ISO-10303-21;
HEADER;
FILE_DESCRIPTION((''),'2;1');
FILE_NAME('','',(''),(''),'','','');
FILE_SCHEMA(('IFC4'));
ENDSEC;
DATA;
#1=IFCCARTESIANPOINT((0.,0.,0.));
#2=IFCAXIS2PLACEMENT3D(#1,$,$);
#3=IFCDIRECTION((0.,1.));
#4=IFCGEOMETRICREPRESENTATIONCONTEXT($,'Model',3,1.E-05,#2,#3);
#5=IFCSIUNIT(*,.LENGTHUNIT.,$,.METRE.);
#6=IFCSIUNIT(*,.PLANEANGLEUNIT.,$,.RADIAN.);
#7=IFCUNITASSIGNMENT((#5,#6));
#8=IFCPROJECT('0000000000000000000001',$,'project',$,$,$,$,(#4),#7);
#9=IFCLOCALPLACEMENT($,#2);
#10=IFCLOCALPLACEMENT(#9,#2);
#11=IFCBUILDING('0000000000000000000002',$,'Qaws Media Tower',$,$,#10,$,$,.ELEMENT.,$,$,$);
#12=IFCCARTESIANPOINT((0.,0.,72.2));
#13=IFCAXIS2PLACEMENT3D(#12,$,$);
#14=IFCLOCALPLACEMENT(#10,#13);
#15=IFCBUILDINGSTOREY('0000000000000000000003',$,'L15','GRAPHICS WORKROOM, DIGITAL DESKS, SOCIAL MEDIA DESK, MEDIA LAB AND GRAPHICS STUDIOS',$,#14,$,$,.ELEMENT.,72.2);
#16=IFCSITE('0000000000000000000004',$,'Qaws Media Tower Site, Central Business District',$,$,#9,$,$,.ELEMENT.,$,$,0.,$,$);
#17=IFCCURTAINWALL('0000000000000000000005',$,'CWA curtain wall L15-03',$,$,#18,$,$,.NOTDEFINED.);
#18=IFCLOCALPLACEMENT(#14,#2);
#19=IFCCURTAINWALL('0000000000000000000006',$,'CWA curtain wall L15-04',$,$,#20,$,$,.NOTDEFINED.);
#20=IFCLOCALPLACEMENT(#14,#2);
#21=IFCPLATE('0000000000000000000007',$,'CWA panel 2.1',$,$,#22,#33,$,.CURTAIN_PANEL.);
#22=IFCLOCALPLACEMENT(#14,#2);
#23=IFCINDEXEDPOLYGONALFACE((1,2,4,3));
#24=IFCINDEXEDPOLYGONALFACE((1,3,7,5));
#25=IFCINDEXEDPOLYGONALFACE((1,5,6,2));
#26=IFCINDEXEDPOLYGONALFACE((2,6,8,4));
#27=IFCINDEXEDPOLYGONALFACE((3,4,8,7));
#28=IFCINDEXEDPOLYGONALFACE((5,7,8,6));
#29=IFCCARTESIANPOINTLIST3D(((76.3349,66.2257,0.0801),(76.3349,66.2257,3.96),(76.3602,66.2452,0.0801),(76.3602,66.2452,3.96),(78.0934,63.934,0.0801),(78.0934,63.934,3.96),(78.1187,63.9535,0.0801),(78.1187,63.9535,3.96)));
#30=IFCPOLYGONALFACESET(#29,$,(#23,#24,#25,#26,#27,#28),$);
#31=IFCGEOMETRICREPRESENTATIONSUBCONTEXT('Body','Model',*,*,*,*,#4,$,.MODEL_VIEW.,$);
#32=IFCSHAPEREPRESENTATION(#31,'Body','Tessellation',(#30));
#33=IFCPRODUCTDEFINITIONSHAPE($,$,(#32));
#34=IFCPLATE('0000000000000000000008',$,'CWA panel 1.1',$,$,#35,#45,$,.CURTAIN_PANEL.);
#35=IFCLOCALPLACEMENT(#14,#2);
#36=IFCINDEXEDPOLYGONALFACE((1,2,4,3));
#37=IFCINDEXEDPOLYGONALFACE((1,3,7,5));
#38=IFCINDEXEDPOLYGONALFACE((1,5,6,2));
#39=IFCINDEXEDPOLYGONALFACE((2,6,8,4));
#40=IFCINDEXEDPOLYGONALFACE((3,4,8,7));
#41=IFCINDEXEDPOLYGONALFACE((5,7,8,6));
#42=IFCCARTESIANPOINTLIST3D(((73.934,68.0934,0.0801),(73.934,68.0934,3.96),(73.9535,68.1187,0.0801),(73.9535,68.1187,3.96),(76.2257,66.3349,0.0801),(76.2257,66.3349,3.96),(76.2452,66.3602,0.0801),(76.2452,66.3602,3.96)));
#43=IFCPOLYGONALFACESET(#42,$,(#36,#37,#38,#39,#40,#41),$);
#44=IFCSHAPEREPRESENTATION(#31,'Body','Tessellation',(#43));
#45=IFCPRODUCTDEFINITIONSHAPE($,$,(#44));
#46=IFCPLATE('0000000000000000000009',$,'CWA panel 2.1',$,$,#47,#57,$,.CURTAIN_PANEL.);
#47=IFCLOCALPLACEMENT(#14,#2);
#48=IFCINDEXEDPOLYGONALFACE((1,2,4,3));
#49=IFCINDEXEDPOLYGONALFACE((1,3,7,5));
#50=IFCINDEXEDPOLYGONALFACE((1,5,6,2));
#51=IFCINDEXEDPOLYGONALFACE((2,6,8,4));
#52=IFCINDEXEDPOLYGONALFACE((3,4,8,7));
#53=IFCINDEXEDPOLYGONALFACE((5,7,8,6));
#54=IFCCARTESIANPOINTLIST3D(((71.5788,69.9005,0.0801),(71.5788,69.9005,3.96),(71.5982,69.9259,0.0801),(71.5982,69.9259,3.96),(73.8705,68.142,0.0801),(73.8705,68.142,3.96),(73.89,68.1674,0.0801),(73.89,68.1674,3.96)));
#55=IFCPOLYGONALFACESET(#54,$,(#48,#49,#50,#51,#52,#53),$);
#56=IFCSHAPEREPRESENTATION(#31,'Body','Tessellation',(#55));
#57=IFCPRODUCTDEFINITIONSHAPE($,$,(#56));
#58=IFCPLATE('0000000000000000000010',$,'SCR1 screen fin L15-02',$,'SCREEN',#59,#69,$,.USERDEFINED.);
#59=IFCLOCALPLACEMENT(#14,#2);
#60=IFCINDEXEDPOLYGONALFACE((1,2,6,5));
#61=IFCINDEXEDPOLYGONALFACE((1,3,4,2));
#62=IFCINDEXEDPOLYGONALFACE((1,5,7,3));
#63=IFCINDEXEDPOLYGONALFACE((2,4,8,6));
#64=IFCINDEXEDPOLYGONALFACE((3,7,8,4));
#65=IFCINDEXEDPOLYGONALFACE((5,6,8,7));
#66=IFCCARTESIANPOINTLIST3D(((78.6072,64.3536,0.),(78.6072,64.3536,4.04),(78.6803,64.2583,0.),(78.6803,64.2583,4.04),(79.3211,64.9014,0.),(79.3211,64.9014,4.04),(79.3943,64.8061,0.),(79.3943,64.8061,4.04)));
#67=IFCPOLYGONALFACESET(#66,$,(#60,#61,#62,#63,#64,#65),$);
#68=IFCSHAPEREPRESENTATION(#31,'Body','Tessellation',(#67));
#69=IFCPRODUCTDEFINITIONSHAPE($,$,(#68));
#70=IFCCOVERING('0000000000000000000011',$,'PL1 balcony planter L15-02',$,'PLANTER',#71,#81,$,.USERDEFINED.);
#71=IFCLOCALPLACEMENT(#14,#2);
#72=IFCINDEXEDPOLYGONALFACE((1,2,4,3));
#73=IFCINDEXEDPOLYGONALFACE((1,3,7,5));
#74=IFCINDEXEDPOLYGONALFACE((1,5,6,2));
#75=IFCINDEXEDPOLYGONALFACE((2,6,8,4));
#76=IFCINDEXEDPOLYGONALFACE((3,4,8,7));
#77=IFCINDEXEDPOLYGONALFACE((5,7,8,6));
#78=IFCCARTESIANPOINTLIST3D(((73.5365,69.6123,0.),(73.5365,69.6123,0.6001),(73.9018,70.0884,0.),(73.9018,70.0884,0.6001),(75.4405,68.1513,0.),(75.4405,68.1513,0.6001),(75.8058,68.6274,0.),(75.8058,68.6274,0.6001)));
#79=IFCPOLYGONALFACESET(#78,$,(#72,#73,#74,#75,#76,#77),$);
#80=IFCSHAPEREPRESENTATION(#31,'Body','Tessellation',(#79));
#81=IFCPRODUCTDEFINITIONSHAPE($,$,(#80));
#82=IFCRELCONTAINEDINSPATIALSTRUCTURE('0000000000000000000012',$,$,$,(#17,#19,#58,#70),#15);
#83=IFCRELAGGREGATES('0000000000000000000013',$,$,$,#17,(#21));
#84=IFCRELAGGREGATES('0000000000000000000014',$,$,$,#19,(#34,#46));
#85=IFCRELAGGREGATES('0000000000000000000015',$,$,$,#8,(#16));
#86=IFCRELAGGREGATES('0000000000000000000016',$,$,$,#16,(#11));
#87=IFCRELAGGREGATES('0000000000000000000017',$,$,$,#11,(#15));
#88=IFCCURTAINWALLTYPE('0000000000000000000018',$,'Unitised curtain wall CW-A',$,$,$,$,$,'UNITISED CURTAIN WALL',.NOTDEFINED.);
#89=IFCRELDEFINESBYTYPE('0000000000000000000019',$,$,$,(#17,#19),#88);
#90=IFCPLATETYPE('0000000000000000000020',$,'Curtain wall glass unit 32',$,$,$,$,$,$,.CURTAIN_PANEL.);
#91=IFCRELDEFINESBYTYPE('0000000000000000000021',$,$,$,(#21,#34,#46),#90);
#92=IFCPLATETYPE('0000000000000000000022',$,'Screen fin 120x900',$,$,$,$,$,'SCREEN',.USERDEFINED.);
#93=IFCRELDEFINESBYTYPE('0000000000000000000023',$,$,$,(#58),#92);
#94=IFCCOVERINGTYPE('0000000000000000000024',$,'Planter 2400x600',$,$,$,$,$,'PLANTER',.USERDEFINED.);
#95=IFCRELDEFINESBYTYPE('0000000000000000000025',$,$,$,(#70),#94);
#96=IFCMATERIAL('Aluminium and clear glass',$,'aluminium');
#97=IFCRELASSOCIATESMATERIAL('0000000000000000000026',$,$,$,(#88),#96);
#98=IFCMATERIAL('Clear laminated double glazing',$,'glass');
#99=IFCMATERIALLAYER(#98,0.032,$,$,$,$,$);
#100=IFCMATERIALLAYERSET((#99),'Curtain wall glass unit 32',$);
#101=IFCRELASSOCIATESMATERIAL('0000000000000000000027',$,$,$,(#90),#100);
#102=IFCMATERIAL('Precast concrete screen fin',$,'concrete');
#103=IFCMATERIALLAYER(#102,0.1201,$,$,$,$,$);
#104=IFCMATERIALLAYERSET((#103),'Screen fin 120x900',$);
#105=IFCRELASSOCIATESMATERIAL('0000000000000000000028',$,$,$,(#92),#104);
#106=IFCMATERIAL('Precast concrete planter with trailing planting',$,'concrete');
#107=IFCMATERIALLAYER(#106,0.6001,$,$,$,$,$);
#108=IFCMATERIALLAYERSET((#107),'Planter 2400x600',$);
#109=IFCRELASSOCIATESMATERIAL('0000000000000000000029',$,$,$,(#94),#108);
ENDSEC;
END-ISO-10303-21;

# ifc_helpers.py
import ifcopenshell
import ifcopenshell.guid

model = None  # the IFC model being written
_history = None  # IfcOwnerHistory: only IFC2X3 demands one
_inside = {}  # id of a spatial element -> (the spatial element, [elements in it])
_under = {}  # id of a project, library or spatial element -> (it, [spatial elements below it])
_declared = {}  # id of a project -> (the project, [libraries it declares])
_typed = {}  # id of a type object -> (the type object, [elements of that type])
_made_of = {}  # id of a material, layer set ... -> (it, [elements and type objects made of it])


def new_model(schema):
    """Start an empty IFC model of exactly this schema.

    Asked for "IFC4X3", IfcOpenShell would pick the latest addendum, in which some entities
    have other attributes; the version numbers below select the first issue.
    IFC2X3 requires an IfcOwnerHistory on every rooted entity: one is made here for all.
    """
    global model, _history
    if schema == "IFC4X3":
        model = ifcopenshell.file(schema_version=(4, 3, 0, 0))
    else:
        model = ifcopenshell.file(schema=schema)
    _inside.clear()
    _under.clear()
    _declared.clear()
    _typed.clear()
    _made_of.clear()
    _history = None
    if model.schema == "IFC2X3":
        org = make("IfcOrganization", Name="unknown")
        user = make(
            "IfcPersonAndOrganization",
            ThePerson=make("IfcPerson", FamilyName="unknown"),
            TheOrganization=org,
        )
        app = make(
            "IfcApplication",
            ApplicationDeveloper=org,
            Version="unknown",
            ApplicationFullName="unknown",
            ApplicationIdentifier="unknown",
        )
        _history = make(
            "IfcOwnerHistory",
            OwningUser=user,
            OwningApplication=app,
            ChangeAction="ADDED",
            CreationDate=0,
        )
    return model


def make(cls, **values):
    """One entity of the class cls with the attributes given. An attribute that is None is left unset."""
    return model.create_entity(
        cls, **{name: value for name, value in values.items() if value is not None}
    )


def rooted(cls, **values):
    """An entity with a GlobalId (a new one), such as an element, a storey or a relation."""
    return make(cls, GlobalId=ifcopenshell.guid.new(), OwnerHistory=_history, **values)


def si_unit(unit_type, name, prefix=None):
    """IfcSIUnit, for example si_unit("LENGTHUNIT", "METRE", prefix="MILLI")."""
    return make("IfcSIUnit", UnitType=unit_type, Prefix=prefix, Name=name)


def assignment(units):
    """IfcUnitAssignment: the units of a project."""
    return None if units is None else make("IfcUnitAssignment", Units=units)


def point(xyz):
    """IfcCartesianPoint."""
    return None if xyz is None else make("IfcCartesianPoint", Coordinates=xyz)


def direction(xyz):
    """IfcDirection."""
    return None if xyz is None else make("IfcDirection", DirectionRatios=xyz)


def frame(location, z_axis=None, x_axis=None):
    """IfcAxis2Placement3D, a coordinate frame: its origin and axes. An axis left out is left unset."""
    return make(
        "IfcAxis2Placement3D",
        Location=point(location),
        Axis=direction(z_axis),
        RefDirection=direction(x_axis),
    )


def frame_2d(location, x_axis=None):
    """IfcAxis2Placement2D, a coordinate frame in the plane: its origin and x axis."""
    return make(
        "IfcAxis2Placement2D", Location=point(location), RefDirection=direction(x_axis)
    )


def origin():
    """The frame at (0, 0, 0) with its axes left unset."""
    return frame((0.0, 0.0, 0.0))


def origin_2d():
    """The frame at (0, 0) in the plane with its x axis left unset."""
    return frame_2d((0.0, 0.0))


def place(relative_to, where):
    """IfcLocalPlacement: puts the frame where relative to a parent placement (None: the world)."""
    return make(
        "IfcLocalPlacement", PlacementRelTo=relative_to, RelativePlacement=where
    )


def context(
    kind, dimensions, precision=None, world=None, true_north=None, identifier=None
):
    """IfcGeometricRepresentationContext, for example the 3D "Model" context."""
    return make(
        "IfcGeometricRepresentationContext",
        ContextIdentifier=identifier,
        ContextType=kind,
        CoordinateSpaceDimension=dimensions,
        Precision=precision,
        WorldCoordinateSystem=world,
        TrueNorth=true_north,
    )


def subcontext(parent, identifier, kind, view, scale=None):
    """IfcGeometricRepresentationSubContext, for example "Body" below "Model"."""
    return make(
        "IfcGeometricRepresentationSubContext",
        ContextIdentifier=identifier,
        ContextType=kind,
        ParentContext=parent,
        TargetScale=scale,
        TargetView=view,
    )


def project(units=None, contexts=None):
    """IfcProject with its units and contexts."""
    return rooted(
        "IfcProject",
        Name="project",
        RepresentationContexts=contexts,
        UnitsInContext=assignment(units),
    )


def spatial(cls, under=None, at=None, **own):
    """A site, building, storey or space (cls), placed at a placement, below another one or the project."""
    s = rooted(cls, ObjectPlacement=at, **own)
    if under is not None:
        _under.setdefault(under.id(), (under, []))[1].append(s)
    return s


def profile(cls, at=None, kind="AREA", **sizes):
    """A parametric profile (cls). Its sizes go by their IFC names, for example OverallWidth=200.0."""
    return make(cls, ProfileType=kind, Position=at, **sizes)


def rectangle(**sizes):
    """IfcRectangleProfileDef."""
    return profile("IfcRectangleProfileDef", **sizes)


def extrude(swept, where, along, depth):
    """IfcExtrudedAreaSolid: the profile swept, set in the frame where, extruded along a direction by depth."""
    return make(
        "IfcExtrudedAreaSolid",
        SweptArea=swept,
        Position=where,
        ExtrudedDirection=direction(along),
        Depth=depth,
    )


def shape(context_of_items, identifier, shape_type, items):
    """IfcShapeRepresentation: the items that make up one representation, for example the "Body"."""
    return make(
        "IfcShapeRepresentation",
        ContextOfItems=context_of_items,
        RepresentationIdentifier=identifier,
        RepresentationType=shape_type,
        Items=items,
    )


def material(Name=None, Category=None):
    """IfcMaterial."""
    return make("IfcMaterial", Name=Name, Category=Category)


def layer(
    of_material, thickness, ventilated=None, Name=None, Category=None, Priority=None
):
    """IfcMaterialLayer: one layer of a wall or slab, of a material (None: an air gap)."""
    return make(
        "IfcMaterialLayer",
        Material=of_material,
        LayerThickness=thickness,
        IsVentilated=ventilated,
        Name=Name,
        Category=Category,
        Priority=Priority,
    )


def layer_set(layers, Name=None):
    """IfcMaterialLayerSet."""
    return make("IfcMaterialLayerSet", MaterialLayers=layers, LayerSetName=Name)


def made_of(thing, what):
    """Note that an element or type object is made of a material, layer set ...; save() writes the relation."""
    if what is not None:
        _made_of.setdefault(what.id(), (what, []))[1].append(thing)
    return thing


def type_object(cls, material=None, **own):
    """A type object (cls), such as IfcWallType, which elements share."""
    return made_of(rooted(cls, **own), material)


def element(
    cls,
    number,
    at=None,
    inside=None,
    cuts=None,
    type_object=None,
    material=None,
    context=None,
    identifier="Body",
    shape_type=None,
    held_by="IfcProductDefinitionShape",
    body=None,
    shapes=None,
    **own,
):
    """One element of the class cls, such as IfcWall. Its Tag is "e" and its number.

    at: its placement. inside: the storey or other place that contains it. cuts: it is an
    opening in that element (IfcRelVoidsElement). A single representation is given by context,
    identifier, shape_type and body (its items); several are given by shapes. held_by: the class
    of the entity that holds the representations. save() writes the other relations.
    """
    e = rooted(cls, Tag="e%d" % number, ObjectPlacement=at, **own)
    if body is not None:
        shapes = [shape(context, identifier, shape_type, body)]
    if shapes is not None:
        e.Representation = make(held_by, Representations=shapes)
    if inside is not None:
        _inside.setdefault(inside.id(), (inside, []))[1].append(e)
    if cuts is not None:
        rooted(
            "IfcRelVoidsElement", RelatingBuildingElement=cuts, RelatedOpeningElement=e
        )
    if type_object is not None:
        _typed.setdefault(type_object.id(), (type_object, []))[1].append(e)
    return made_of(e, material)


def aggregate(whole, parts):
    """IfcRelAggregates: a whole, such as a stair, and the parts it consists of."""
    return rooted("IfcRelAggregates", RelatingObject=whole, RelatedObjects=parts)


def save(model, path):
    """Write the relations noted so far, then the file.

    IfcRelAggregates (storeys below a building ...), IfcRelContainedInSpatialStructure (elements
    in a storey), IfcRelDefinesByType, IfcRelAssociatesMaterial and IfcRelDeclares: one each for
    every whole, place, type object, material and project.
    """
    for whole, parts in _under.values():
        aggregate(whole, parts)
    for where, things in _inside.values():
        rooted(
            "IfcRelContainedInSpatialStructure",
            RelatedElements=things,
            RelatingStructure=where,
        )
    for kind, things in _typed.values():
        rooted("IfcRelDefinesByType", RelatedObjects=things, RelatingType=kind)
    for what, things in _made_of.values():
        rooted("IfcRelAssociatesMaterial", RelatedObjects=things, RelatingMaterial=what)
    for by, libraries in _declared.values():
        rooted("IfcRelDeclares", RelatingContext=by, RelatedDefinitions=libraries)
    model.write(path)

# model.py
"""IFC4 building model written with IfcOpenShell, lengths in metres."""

from ifc_helpers import new_model, si_unit, direction, frame, origin, origin_2d, place, context, subcontext, project, spatial, rectangle, extrude, material, layer, layer_set, type_object, element, aggregate, save


model = new_model("IFC4")

# Units and contexts
model_context = context("Model", 3, precision=1e-05, world=origin(), true_north=direction((0.0, 1.0)))
body_context = subcontext(model_context, "Body", "Model", "MODEL_VIEW")
ifc_project = project(units=[si_unit("LENGTHUNIT", "METRE"), si_unit("PLANEANGLEUNIT", "RADIAN")], contexts=[model_context])

# Site, building, storey
site_placement = place(None, origin())
site = spatial("IfcSite", under=ifc_project, at=site_placement, Name="Qaws Media Tower Site, Central Business District", CompositionType="ELEMENT", RefElevation=0.0)
building_placement = place(site_placement, origin())
building = spatial("IfcBuilding", under=site, at=building_placement, Name="Qaws Media Tower", CompositionType="ELEMENT")
storey_placement = place(building_placement, frame((0.0, 0.0, 72.2)))
storey = spatial("IfcBuildingStorey", under=building, at=storey_placement, Name="L15", Description="GRAPHICS WORKROOM, DIGITAL DESKS, SOCIAL MEDIA DESK, MEDIA LAB AND GRAPHICS STUDIOS", CompositionType="ELEMENT", Elevation=72.2)

# Shared definitions
ifc_material_1 = material(Name="Aluminium and clear glass", Category="aluminium")
curtain_wall_type = type_object("IfcCurtainWallType", Name="Unitised curtain wall CW-A", ElementType="UNITISED CURTAIN WALL", PredefinedType="NOTDEFINED", material=ifc_material_1)

# Curtain walls
curtain_wall_1_placement = place(storey_placement, origin())
curtain_wall_1 = element("IfcCurtainWall", 1, at=curtain_wall_1_placement, inside=storey, type_object=curtain_wall_type, Name="CWA curtain wall L15-03", PredefinedType="NOTDEFINED")
curtain_wall_2_placement = place(storey_placement, origin())
curtain_wall_2 = element("IfcCurtainWall", 2, at=curtain_wall_2_placement, inside=storey, type_object=curtain_wall_type, Name="CWA curtain wall L15-04", PredefinedType="NOTDEFINED")

# Plates
ifc_material_2 = material(Name="Clear laminated double glazing", Category="glass")
ifc_layer_1 = layer(ifc_material_2, 0.032)
ifc_layer_set_1 = layer_set([ifc_layer_1], Name="Curtain wall glass unit 32")
plate_type_1 = type_object("IfcPlateType", Name="Curtain wall glass unit 32", PredefinedType="CURTAIN_PANEL", material=ifc_layer_set_1)
plate_1_placement = place(storey_placement, frame((77.2268, 65.0896, 0.0801), z_axis=(0.0, 0.0, 1.0), x_axis=(-0.608762, 0.793353, 0.0)))
plate_1 = element("IfcPlate", 3, at=plate_1_placement, type_object=plate_type_1, Name="CWA panel 2.1", PredefinedType="CURTAIN_PANEL", context=body_context, shape_type="SweptSolid", body=[
    extrude(rectangle(XDim=2.8887, YDim=0.032, at=origin_2d()), origin(), (0.0, 0.0, 1.0), 3.8799),
])
aggregate(curtain_wall_1, [plate_1])
plate_2_placement = place(storey_placement, frame((75.0896, 67.2268, 0.0801), z_axis=(0.0, 0.0, 1.0), x_axis=(-0.793353, 0.608762, 0.0)))
plate_2 = element("IfcPlate", 4, at=plate_2_placement, type_object=plate_type_1, Name="CWA panel 1.1", PredefinedType="CURTAIN_PANEL", context=body_context, shape_type="SweptSolid", body=[
    extrude(rectangle(XDim=2.8887, YDim=0.032, at=origin_2d()), origin(), (0.0, 0.0, 1.0), 3.8799),
])
plate_3_placement = place(storey_placement, frame((72.7344, 69.0339, 0.0801), z_axis=(0.0, 0.0, 1.0), x_axis=(-0.793353, 0.608762, 0.0)))
plate_3 = element("IfcPlate", 5, at=plate_3_placement, type_object=plate_type_1, Name="CWA panel 2.1", PredefinedType="CURTAIN_PANEL", context=body_context, shape_type="SweptSolid", body=[
    extrude(rectangle(XDim=2.8887, YDim=0.032, at=origin_2d()), origin(), (0.0, 0.0, 1.0), 3.8799),
])
aggregate(curtain_wall_2, [plate_2, plate_3])
ifc_material_3 = material(Name="Precast concrete screen fin", Category="concrete")
ifc_layer_2 = layer(ifc_material_3, 0.1201)
ifc_layer_set_2 = layer_set([ifc_layer_2], Name="Screen fin 120x900")
plate_type_2 = type_object("IfcPlateType", Name="Screen fin 120x900", ElementType="SCREEN", PredefinedType="USERDEFINED", material=ifc_layer_set_2)
plate_4_placement = place(storey_placement, frame((79.0007, 64.5798, 0.0), z_axis=(0.0, 0.0, 1.0), x_axis=(0.793353, 0.608761, 0.0)))
element("IfcPlate", 6, at=plate_4_placement, inside=storey, type_object=plate_type_2, Name="SCR1 screen fin L15-02", ObjectType="SCREEN", PredefinedType="USERDEFINED", context=body_context, shape_type="SweptSolid", body=[
    extrude(rectangle(XDim=0.8999, YDim=0.1201, at=origin_2d()), origin(), (0.0, 0.0, 1.0), 4.04),
])

# Covering
ifc_material_4 = material(Name="Precast concrete planter with trailing planting", Category="concrete")
ifc_layer_3 = layer(ifc_material_4, 0.6001)
ifc_layer_set_3 = layer_set([ifc_layer_3], Name="Planter 2400x600")
covering_type = type_object("IfcCoveringType", Name="Planter 2400x600", ElementType="PLANTER", PredefinedType="USERDEFINED", material=ifc_layer_set_3)
covering_placement = place(storey_placement, frame((74.6711, 69.1199, 0.0), z_axis=(0.0, 0.0, 1.0), x_axis=(-0.793353, 0.608761, 0.0)))
element("IfcCovering", 7, at=covering_placement, inside=storey, type_object=covering_type, Name="PL1 balcony planter L15-02", ObjectType="PLANTER", PredefinedType="USERDEFINED", context=body_context, shape_type="SweptSolid", body=[
    extrude(rectangle(XDim=2.3999, YDim=0.6001, at=origin_2d()), origin(), (0.0, 0.0, 1.0), 0.6001),
])

save(model, "model.ifc")
